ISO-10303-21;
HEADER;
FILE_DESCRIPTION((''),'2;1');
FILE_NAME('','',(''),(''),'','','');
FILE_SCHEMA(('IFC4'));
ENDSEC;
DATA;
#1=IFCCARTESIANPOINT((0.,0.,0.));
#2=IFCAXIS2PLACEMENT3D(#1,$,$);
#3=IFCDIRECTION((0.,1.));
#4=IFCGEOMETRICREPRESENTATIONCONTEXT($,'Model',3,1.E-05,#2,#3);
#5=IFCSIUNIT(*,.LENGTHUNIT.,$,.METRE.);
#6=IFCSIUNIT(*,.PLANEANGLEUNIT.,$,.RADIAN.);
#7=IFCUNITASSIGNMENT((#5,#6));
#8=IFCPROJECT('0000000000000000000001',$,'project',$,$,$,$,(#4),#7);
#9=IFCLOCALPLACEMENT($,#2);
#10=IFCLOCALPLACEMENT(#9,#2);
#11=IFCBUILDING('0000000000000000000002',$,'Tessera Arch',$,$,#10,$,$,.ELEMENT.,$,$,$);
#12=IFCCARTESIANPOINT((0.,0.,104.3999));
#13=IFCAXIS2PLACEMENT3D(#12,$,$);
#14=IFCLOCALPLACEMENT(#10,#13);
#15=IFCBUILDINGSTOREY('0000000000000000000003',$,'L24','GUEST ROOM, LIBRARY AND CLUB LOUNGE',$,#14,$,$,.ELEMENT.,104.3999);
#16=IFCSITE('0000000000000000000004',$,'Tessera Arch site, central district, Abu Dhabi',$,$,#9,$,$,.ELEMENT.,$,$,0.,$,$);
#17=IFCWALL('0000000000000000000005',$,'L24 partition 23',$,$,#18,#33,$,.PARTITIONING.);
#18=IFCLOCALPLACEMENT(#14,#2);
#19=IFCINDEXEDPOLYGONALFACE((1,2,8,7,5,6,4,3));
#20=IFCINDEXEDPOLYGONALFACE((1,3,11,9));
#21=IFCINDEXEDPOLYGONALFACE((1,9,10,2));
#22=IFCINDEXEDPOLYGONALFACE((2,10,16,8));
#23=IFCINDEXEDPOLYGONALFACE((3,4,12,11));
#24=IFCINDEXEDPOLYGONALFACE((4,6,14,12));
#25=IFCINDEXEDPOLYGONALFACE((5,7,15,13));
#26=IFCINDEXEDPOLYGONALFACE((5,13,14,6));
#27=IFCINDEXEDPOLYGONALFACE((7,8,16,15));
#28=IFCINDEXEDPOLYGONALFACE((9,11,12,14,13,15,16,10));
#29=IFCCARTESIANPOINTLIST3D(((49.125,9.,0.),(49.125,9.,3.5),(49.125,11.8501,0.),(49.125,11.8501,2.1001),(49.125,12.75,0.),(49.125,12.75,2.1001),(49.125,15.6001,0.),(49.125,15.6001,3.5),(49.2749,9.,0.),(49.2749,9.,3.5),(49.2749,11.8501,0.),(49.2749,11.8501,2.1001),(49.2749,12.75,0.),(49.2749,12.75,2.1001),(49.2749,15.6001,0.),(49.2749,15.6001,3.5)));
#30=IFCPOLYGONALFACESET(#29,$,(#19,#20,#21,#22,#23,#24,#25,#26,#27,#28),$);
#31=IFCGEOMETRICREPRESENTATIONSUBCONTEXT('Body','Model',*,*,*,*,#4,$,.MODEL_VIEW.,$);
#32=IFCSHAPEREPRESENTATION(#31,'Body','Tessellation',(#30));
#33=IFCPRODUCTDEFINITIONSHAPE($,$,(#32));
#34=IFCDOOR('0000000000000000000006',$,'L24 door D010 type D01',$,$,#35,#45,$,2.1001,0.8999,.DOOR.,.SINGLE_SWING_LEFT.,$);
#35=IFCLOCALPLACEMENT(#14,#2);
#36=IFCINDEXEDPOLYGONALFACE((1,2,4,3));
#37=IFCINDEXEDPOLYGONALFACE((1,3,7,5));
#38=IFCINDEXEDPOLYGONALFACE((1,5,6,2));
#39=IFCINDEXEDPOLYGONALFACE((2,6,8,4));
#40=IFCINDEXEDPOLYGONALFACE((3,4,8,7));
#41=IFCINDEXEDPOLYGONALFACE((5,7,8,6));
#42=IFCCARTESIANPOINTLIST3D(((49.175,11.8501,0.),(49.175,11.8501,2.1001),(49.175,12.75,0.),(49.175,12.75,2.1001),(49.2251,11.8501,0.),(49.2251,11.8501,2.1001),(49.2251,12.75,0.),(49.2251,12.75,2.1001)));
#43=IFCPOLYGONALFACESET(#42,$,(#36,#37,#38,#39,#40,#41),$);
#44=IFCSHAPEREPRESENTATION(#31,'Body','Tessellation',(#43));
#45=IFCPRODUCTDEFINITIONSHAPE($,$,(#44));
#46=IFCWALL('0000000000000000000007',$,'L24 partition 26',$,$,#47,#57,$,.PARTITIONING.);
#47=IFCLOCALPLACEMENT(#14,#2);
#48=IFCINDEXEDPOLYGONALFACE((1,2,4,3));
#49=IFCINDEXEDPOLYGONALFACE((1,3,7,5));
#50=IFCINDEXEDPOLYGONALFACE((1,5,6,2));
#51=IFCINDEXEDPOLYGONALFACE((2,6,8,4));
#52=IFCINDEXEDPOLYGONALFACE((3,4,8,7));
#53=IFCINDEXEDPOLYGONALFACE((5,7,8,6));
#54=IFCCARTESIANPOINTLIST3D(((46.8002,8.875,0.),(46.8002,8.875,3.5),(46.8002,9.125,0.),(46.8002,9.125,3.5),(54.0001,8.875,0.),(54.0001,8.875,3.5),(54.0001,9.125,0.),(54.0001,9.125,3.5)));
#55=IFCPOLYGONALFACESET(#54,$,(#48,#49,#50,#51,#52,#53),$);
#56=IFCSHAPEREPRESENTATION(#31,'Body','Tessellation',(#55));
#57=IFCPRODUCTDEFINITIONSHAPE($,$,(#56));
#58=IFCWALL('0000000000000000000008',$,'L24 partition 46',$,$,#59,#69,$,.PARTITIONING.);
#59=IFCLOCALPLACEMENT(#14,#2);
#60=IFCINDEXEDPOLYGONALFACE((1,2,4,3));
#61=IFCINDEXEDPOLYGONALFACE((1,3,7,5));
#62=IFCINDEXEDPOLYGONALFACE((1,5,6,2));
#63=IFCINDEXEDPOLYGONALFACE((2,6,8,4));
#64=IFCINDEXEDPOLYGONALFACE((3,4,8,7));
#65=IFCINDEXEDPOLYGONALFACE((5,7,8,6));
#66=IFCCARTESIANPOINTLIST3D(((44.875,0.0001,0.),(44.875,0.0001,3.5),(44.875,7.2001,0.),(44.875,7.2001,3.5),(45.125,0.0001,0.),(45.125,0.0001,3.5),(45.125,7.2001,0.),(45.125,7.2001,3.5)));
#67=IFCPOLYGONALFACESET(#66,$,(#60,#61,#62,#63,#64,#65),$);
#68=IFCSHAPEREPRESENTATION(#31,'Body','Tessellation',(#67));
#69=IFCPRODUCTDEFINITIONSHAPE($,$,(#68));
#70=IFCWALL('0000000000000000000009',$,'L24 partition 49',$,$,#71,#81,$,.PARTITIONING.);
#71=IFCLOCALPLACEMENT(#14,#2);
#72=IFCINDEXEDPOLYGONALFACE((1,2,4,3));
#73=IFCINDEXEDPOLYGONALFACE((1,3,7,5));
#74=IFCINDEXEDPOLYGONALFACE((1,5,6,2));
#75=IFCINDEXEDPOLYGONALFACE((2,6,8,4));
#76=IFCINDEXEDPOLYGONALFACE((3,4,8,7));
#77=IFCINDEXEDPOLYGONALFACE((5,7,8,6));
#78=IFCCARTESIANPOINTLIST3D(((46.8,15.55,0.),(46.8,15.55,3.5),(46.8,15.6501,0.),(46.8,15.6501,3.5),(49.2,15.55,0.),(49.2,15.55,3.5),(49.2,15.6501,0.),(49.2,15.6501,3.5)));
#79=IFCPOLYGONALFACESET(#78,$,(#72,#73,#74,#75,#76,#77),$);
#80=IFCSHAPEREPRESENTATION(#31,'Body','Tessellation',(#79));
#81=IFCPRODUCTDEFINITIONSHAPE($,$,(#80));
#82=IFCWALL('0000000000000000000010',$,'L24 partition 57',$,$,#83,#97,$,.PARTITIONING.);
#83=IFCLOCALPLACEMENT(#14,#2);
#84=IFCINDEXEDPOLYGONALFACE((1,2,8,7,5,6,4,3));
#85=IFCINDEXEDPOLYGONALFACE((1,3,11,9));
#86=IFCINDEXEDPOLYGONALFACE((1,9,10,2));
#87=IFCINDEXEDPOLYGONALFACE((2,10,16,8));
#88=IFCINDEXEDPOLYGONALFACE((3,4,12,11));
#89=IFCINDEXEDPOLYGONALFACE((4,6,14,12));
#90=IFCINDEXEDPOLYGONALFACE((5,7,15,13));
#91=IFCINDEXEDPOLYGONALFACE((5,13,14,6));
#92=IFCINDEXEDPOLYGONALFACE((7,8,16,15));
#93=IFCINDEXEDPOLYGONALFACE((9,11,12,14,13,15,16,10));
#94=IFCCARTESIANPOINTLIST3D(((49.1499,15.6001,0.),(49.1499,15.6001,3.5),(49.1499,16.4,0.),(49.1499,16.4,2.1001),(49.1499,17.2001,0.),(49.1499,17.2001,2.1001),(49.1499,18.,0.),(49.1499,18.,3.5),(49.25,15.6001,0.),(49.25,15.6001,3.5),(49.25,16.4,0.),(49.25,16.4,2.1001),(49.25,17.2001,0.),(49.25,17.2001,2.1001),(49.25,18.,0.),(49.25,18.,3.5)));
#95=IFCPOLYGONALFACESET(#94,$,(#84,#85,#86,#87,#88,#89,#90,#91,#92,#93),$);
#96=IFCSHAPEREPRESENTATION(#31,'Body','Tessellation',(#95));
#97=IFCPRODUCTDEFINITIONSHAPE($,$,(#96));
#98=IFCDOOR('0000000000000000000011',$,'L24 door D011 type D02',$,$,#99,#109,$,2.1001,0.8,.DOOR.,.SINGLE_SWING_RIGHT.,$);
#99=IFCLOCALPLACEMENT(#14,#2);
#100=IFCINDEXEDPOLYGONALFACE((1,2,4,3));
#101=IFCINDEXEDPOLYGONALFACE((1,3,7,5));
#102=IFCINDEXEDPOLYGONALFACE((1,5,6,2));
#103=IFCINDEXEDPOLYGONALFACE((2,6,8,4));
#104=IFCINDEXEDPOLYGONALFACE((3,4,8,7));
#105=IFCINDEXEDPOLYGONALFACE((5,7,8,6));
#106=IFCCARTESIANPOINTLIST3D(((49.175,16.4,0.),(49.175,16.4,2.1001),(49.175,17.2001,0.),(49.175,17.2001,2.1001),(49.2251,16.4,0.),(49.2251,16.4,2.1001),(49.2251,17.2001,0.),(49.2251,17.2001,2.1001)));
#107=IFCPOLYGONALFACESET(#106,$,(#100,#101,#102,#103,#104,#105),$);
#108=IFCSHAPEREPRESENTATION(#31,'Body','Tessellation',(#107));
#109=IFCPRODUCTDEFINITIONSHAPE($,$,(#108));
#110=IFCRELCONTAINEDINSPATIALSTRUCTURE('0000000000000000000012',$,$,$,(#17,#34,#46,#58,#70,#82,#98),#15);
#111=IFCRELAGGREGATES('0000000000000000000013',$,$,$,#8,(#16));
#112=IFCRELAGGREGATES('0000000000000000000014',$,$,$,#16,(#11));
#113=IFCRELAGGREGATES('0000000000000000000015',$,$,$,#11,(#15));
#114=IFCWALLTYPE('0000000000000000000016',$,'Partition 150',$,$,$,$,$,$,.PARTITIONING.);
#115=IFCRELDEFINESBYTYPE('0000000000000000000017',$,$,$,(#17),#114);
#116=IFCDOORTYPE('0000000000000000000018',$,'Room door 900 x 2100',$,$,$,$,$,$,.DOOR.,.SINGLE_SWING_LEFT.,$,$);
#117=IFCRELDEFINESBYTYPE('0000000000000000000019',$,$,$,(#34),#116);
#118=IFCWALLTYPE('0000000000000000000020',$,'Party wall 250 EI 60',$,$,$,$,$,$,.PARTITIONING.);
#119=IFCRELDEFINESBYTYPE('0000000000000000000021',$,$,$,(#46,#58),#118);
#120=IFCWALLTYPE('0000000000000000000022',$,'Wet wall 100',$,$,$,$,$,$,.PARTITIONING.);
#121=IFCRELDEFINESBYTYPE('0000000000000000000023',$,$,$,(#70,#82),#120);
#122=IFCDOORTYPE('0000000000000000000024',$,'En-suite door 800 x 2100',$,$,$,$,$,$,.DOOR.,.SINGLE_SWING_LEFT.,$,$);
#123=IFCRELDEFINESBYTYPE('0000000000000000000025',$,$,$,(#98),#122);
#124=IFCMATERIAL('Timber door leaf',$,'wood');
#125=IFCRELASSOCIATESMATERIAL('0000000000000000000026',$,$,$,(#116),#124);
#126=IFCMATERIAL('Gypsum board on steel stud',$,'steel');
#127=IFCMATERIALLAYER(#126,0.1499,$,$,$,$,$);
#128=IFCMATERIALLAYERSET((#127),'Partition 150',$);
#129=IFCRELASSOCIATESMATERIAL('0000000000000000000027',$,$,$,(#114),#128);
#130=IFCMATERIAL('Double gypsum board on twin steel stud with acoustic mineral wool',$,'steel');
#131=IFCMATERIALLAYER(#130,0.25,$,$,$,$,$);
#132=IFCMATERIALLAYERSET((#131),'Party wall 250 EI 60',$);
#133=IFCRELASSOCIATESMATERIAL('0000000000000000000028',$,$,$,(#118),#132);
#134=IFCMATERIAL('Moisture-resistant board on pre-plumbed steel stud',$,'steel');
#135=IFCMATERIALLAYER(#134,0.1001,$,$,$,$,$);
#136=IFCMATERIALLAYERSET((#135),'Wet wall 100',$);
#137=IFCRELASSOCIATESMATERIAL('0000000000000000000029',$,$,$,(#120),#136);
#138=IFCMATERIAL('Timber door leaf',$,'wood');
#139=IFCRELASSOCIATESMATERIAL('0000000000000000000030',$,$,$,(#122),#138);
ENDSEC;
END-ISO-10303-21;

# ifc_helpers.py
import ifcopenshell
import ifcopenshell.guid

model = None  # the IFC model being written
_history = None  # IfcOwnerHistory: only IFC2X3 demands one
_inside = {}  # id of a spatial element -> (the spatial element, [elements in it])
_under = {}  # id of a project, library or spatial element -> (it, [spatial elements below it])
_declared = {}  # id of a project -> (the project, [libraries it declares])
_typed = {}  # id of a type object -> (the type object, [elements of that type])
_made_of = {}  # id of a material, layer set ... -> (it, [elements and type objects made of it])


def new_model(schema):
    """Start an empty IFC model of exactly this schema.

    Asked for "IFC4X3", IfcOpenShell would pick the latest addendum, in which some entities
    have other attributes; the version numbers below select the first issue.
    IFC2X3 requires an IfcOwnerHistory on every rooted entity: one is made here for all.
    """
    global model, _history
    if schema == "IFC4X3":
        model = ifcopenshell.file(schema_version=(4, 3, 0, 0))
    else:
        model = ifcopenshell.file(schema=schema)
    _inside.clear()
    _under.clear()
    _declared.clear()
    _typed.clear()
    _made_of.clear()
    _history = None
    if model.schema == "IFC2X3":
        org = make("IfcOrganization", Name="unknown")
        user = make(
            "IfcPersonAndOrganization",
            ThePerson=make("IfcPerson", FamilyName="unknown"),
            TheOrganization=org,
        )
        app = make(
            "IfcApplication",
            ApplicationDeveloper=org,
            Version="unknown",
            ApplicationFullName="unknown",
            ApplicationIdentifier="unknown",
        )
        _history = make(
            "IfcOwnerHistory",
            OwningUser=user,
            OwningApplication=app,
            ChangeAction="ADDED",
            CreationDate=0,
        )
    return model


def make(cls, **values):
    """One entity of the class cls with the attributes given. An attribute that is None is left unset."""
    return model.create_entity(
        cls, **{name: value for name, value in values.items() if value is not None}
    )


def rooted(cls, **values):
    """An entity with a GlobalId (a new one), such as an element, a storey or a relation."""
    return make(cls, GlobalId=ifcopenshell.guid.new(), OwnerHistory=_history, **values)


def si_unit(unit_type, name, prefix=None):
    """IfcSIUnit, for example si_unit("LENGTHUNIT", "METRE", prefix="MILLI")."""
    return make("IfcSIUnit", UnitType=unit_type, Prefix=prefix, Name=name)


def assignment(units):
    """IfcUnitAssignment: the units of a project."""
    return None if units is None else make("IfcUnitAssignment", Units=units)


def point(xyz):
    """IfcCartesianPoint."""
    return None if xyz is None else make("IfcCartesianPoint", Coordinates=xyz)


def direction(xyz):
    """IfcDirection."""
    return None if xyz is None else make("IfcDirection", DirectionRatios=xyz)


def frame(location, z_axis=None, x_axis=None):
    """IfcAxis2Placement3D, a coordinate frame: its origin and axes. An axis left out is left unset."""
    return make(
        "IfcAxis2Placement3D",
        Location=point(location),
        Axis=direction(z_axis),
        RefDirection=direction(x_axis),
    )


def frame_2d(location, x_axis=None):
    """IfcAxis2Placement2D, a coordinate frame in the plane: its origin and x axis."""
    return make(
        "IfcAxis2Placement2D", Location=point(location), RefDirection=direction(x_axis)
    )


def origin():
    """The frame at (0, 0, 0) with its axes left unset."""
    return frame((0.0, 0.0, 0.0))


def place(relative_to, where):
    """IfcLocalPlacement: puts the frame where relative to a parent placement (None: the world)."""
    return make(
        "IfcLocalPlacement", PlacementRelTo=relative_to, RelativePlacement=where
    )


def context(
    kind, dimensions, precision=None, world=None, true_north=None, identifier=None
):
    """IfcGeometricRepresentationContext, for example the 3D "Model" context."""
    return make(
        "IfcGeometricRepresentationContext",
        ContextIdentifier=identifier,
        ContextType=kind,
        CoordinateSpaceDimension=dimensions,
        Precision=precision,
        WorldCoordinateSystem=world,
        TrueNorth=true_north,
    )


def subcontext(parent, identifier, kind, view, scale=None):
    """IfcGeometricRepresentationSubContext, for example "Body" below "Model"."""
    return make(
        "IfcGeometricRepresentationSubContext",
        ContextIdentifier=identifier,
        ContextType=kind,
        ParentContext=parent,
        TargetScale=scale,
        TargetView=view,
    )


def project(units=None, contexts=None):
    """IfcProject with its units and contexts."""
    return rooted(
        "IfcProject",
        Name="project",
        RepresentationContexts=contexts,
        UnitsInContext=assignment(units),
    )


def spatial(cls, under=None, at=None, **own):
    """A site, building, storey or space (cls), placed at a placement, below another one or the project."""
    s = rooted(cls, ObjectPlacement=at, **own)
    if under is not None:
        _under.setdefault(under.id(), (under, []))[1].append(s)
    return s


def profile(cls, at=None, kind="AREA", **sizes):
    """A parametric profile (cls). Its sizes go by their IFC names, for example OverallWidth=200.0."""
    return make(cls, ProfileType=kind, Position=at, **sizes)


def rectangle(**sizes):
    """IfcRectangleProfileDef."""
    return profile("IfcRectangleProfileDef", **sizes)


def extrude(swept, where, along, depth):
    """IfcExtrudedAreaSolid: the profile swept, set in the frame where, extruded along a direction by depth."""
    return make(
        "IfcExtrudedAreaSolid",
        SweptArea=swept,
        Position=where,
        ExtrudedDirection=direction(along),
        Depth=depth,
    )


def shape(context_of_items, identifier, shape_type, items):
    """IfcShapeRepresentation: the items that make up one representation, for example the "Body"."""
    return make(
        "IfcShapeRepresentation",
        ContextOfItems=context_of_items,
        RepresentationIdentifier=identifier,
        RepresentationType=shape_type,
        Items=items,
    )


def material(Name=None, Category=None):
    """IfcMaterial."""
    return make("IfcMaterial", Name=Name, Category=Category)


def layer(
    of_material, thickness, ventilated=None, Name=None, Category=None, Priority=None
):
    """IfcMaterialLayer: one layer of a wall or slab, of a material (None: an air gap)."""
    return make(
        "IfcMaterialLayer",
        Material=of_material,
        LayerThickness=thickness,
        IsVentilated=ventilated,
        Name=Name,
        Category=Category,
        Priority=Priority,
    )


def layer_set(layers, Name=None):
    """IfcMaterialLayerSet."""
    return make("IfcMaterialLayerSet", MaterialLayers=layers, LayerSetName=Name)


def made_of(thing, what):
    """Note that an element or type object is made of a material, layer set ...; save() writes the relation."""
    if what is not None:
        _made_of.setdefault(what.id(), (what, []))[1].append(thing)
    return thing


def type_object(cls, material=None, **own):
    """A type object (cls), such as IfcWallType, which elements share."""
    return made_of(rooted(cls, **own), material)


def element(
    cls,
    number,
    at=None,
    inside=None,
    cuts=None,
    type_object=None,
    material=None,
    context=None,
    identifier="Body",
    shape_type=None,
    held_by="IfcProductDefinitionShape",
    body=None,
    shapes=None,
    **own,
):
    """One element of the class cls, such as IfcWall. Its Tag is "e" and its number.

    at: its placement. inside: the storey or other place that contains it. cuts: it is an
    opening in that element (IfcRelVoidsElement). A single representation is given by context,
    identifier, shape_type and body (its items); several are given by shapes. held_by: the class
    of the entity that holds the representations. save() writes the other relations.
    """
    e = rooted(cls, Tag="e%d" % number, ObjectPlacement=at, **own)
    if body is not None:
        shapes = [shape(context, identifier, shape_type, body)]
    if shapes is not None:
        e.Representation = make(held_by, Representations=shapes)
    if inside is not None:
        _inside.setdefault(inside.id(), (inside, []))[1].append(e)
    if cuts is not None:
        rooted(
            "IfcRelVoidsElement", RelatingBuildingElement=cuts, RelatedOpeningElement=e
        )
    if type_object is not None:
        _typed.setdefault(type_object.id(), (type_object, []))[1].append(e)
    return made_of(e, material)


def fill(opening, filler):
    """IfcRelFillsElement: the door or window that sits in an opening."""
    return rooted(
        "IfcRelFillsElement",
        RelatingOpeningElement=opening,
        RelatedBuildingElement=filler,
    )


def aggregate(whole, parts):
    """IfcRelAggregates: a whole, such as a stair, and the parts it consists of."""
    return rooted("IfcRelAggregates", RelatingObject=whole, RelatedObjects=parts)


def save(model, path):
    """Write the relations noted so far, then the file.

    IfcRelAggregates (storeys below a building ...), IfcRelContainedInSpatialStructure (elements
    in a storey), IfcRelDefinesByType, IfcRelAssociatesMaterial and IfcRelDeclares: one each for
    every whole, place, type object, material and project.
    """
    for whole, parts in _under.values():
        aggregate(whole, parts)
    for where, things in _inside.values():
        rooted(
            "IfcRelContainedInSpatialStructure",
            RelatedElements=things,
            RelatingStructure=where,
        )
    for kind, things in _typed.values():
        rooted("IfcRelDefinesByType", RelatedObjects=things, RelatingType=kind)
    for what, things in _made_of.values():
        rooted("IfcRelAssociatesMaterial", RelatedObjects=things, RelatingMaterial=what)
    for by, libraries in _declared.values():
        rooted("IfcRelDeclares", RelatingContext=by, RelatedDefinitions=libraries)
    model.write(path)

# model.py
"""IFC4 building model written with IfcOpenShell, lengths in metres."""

from ifc_helpers import new_model, si_unit, direction, frame, frame_2d, origin, place, context, subcontext, project, spatial, rectangle, extrude, material, layer, layer_set, type_object, element, fill, save


model = new_model("IFC4")

# Units and contexts
model_context = context("Model", 3, precision=1e-05, world=origin(), true_north=direction((0.0, 1.0)))
body_context = subcontext(model_context, "Body", "Model", "MODEL_VIEW")
ifc_project = project(units=[si_unit("LENGTHUNIT", "METRE"), si_unit("PLANEANGLEUNIT", "RADIAN")], contexts=[model_context])

# Site, building, storey
site_placement = place(None, origin())
site = spatial("IfcSite", under=ifc_project, at=site_placement, Name="Tessera Arch site, central district, Abu Dhabi", CompositionType="ELEMENT", RefElevation=0.0)
building_placement = place(site_placement, origin())
building = spatial("IfcBuilding", under=site, at=building_placement, Name="Tessera Arch", CompositionType="ELEMENT")
storey_placement = place(building_placement, frame((0.0, 0.0, 104.3999)))
storey = spatial("IfcBuildingStorey", under=building, at=storey_placement, Name="L24", Description="GUEST ROOM, LIBRARY AND CLUB LOUNGE", CompositionType="ELEMENT", Elevation=104.3999)

# Shared definitions
ifc_material_1 = material(Name="Timber door leaf", Category="wood")
door_type_1 = type_object("IfcDoorType", Name="Room door 900 x 2100", OperationType="SINGLE_SWING_LEFT", PredefinedType="DOOR", material=ifc_material_1)

# Wall, opening, door
ifc_material_2 = material(Name="Gypsum board on steel stud", Category="steel")
ifc_layer_1 = layer(ifc_material_2, 0.1499)
ifc_layer_set_1 = layer_set([ifc_layer_1], Name="Partition 150")
wall_type_1 = type_object("IfcWallType", Name="Partition 150", PredefinedType="PARTITIONING", material=ifc_layer_set_1)
wall_1_placement = place(storey_placement, frame((49.2, 9.0, 0.0), z_axis=(0.0, 0.0, 1.0), x_axis=(0.0, 1.0, 0.0)))
wall_1 = element("IfcWall", 1, at=wall_1_placement, inside=storey, type_object=wall_type_1, Name="L24 partition 23", PredefinedType="PARTITIONING", context=body_context, shape_type="SweptSolid", body=[
    extrude(rectangle(XDim=6.6001, YDim=0.1499, at=frame_2d((3.3, 0.0))), origin(), (0.0, 0.0, 1.0), 3.5),
])
opening_1_placement = place(wall_1_placement, frame((2.8501, 0.0, 0.0)))
opening_1 = element("IfcOpeningElement", 2, at=opening_1_placement, cuts=wall_1, PredefinedType="OPENING", context=body_context, shape_type="SweptSolid", body=[
    extrude(rectangle(XDim=0.8999, YDim=2.1001, at=frame_2d((0.45, 1.05))), frame((0.0, 0.085, 0.0), z_axis=(0.0, -1.0, 0.0), x_axis=(1.0, 0.0, 0.0)), (0.0, 0.0, 1.0), 0.1699),
])
door_1_placement = place(opening_1_placement, origin())
door_1 = element("IfcDoor", 3, at=door_1_placement, inside=storey, type_object=door_type_1, Name="L24 door D010 type D01", OperationType="SINGLE_SWING_LEFT", OverallHeight=2.1001, OverallWidth=0.8999, PredefinedType="DOOR", context=body_context, shape_type="SweptSolid", body=[
    extrude(rectangle(XDim=0.8999, YDim=2.1001, at=frame_2d((0.45, 1.05))), frame((0.0, 0.0249, 0.0), z_axis=(0.0, -1.0, 0.0), x_axis=(1.0, 0.0, 0.0)), (0.0, 0.0, 1.0), 0.05),
])
fill(opening_1, door_1)

# Walls
ifc_material_3 = material(Name="Double gypsum board on twin steel stud with acoustic mineral wool", Category="steel")
ifc_layer_2 = layer(ifc_material_3, 0.25)
ifc_layer_set_2 = layer_set([ifc_layer_2], Name="Party wall 250 EI 60")
wall_type_2 = type_object("IfcWallType", Name="Party wall 250 EI 60", PredefinedType="PARTITIONING", material=ifc_layer_set_2)
for number, where, z_axis, x_axis, name in (
    (4, (46.8, 9.0, 0.0), (0.0, 0.0, 1.0), (1.0, 0.0, 0.0), "L24 partition 26"),
    (5, (45.0, 0.0, 0.0), (0.0, 0.0, 1.0), (0.0, 1.0, 0.0), "L24 partition 46"),
):
    element("IfcWall", number, at=place(storey_placement, frame(where, z_axis=z_axis, x_axis=x_axis)), inside=storey, type_object=wall_type_2, Name=name, PredefinedType="PARTITIONING", context=body_context, shape_type="SweptSolid", body=[
        extrude(rectangle(XDim=7.2, YDim=0.25, at=frame_2d((3.6001, 0.0))), origin(), (0.0, 0.0, 1.0), 3.5),
    ])
ifc_material_4 = material(Name="Moisture-resistant board on pre-plumbed steel stud", Category="steel")
ifc_layer_3 = layer(ifc_material_4, 0.1001)
ifc_layer_set_3 = layer_set([ifc_layer_3], Name="Wet wall 100")
wall_type_3 = type_object("IfcWallType", Name="Wet wall 100", PredefinedType="PARTITIONING", material=ifc_layer_set_3)
wall_2_placement = place(storey_placement, frame((46.8, 15.6001, 0.0), z_axis=(0.0, 0.0, 1.0), x_axis=(1.0, 0.0, 0.0)))
element("IfcWall", 6, at=wall_2_placement, inside=storey, type_object=wall_type_3, Name="L24 partition 49", PredefinedType="PARTITIONING", context=body_context, shape_type="SweptSolid", body=[
    extrude(rectangle(XDim=2.3999, YDim=0.1001, at=frame_2d((1.2, 0.0))), origin(), (0.0, 0.0, 1.0), 3.5),
])

# Wall, opening, door
wall_3_placement = place(storey_placement, frame((49.2, 15.6001, 0.0), z_axis=(0.0, 0.0, 1.0), x_axis=(0.0, 1.0, 0.0)))
wall_3 = element("IfcWall", 7, at=wall_3_placement, inside=storey, type_object=wall_type_3, Name="L24 partition 57", PredefinedType="PARTITIONING", context=body_context, shape_type="SweptSolid", body=[
    extrude(rectangle(XDim=2.3999, YDim=0.1001, at=frame_2d((1.2, 0.0))), origin(), (0.0, 0.0, 1.0), 3.5),
])
opening_2_placement = place(wall_3_placement, frame((0.8, 0.0, 0.0)))
opening_2 = element("IfcOpeningElement", 8, at=opening_2_placement, cuts=wall_3, PredefinedType="OPENING", context=body_context, shape_type="SweptSolid", body=[
    extrude(rectangle(XDim=0.8, YDim=2.1001, at=frame_2d((0.3999, 1.05))), frame((0.0, 0.0601, 0.0), z_axis=(0.0, -1.0, 0.0), x_axis=(1.0, 0.0, 0.0)), (0.0, 0.0, 1.0), 0.1201),
])
ifc_material_5 = material(Name="Timber door leaf", Category="wood")
door_type_2 = type_object("IfcDoorType", Name="En-suite door 800 x 2100", OperationType="SINGLE_SWING_LEFT", PredefinedType="DOOR", material=ifc_material_5)
door_2_placement = place(opening_2_placement, origin())
door_2 = element("IfcDoor", 9, at=door_2_placement, inside=storey, type_object=door_type_2, Name="L24 door D011 type D02", OperationType="SINGLE_SWING_RIGHT", OverallHeight=2.1001, OverallWidth=0.8, PredefinedType="DOOR", context=body_context, shape_type="SweptSolid", body=[
    extrude(rectangle(XDim=0.8, YDim=2.1001, at=frame_2d((0.3999, 1.05))), frame((0.0, 0.0249, 0.0), z_axis=(0.0, -1.0, 0.0), x_axis=(1.0, 0.0, 0.0)), (0.0, 0.0, 1.0), 0.05),
])
fill(opening_2, door_2)

save(model, "model.ifc")
